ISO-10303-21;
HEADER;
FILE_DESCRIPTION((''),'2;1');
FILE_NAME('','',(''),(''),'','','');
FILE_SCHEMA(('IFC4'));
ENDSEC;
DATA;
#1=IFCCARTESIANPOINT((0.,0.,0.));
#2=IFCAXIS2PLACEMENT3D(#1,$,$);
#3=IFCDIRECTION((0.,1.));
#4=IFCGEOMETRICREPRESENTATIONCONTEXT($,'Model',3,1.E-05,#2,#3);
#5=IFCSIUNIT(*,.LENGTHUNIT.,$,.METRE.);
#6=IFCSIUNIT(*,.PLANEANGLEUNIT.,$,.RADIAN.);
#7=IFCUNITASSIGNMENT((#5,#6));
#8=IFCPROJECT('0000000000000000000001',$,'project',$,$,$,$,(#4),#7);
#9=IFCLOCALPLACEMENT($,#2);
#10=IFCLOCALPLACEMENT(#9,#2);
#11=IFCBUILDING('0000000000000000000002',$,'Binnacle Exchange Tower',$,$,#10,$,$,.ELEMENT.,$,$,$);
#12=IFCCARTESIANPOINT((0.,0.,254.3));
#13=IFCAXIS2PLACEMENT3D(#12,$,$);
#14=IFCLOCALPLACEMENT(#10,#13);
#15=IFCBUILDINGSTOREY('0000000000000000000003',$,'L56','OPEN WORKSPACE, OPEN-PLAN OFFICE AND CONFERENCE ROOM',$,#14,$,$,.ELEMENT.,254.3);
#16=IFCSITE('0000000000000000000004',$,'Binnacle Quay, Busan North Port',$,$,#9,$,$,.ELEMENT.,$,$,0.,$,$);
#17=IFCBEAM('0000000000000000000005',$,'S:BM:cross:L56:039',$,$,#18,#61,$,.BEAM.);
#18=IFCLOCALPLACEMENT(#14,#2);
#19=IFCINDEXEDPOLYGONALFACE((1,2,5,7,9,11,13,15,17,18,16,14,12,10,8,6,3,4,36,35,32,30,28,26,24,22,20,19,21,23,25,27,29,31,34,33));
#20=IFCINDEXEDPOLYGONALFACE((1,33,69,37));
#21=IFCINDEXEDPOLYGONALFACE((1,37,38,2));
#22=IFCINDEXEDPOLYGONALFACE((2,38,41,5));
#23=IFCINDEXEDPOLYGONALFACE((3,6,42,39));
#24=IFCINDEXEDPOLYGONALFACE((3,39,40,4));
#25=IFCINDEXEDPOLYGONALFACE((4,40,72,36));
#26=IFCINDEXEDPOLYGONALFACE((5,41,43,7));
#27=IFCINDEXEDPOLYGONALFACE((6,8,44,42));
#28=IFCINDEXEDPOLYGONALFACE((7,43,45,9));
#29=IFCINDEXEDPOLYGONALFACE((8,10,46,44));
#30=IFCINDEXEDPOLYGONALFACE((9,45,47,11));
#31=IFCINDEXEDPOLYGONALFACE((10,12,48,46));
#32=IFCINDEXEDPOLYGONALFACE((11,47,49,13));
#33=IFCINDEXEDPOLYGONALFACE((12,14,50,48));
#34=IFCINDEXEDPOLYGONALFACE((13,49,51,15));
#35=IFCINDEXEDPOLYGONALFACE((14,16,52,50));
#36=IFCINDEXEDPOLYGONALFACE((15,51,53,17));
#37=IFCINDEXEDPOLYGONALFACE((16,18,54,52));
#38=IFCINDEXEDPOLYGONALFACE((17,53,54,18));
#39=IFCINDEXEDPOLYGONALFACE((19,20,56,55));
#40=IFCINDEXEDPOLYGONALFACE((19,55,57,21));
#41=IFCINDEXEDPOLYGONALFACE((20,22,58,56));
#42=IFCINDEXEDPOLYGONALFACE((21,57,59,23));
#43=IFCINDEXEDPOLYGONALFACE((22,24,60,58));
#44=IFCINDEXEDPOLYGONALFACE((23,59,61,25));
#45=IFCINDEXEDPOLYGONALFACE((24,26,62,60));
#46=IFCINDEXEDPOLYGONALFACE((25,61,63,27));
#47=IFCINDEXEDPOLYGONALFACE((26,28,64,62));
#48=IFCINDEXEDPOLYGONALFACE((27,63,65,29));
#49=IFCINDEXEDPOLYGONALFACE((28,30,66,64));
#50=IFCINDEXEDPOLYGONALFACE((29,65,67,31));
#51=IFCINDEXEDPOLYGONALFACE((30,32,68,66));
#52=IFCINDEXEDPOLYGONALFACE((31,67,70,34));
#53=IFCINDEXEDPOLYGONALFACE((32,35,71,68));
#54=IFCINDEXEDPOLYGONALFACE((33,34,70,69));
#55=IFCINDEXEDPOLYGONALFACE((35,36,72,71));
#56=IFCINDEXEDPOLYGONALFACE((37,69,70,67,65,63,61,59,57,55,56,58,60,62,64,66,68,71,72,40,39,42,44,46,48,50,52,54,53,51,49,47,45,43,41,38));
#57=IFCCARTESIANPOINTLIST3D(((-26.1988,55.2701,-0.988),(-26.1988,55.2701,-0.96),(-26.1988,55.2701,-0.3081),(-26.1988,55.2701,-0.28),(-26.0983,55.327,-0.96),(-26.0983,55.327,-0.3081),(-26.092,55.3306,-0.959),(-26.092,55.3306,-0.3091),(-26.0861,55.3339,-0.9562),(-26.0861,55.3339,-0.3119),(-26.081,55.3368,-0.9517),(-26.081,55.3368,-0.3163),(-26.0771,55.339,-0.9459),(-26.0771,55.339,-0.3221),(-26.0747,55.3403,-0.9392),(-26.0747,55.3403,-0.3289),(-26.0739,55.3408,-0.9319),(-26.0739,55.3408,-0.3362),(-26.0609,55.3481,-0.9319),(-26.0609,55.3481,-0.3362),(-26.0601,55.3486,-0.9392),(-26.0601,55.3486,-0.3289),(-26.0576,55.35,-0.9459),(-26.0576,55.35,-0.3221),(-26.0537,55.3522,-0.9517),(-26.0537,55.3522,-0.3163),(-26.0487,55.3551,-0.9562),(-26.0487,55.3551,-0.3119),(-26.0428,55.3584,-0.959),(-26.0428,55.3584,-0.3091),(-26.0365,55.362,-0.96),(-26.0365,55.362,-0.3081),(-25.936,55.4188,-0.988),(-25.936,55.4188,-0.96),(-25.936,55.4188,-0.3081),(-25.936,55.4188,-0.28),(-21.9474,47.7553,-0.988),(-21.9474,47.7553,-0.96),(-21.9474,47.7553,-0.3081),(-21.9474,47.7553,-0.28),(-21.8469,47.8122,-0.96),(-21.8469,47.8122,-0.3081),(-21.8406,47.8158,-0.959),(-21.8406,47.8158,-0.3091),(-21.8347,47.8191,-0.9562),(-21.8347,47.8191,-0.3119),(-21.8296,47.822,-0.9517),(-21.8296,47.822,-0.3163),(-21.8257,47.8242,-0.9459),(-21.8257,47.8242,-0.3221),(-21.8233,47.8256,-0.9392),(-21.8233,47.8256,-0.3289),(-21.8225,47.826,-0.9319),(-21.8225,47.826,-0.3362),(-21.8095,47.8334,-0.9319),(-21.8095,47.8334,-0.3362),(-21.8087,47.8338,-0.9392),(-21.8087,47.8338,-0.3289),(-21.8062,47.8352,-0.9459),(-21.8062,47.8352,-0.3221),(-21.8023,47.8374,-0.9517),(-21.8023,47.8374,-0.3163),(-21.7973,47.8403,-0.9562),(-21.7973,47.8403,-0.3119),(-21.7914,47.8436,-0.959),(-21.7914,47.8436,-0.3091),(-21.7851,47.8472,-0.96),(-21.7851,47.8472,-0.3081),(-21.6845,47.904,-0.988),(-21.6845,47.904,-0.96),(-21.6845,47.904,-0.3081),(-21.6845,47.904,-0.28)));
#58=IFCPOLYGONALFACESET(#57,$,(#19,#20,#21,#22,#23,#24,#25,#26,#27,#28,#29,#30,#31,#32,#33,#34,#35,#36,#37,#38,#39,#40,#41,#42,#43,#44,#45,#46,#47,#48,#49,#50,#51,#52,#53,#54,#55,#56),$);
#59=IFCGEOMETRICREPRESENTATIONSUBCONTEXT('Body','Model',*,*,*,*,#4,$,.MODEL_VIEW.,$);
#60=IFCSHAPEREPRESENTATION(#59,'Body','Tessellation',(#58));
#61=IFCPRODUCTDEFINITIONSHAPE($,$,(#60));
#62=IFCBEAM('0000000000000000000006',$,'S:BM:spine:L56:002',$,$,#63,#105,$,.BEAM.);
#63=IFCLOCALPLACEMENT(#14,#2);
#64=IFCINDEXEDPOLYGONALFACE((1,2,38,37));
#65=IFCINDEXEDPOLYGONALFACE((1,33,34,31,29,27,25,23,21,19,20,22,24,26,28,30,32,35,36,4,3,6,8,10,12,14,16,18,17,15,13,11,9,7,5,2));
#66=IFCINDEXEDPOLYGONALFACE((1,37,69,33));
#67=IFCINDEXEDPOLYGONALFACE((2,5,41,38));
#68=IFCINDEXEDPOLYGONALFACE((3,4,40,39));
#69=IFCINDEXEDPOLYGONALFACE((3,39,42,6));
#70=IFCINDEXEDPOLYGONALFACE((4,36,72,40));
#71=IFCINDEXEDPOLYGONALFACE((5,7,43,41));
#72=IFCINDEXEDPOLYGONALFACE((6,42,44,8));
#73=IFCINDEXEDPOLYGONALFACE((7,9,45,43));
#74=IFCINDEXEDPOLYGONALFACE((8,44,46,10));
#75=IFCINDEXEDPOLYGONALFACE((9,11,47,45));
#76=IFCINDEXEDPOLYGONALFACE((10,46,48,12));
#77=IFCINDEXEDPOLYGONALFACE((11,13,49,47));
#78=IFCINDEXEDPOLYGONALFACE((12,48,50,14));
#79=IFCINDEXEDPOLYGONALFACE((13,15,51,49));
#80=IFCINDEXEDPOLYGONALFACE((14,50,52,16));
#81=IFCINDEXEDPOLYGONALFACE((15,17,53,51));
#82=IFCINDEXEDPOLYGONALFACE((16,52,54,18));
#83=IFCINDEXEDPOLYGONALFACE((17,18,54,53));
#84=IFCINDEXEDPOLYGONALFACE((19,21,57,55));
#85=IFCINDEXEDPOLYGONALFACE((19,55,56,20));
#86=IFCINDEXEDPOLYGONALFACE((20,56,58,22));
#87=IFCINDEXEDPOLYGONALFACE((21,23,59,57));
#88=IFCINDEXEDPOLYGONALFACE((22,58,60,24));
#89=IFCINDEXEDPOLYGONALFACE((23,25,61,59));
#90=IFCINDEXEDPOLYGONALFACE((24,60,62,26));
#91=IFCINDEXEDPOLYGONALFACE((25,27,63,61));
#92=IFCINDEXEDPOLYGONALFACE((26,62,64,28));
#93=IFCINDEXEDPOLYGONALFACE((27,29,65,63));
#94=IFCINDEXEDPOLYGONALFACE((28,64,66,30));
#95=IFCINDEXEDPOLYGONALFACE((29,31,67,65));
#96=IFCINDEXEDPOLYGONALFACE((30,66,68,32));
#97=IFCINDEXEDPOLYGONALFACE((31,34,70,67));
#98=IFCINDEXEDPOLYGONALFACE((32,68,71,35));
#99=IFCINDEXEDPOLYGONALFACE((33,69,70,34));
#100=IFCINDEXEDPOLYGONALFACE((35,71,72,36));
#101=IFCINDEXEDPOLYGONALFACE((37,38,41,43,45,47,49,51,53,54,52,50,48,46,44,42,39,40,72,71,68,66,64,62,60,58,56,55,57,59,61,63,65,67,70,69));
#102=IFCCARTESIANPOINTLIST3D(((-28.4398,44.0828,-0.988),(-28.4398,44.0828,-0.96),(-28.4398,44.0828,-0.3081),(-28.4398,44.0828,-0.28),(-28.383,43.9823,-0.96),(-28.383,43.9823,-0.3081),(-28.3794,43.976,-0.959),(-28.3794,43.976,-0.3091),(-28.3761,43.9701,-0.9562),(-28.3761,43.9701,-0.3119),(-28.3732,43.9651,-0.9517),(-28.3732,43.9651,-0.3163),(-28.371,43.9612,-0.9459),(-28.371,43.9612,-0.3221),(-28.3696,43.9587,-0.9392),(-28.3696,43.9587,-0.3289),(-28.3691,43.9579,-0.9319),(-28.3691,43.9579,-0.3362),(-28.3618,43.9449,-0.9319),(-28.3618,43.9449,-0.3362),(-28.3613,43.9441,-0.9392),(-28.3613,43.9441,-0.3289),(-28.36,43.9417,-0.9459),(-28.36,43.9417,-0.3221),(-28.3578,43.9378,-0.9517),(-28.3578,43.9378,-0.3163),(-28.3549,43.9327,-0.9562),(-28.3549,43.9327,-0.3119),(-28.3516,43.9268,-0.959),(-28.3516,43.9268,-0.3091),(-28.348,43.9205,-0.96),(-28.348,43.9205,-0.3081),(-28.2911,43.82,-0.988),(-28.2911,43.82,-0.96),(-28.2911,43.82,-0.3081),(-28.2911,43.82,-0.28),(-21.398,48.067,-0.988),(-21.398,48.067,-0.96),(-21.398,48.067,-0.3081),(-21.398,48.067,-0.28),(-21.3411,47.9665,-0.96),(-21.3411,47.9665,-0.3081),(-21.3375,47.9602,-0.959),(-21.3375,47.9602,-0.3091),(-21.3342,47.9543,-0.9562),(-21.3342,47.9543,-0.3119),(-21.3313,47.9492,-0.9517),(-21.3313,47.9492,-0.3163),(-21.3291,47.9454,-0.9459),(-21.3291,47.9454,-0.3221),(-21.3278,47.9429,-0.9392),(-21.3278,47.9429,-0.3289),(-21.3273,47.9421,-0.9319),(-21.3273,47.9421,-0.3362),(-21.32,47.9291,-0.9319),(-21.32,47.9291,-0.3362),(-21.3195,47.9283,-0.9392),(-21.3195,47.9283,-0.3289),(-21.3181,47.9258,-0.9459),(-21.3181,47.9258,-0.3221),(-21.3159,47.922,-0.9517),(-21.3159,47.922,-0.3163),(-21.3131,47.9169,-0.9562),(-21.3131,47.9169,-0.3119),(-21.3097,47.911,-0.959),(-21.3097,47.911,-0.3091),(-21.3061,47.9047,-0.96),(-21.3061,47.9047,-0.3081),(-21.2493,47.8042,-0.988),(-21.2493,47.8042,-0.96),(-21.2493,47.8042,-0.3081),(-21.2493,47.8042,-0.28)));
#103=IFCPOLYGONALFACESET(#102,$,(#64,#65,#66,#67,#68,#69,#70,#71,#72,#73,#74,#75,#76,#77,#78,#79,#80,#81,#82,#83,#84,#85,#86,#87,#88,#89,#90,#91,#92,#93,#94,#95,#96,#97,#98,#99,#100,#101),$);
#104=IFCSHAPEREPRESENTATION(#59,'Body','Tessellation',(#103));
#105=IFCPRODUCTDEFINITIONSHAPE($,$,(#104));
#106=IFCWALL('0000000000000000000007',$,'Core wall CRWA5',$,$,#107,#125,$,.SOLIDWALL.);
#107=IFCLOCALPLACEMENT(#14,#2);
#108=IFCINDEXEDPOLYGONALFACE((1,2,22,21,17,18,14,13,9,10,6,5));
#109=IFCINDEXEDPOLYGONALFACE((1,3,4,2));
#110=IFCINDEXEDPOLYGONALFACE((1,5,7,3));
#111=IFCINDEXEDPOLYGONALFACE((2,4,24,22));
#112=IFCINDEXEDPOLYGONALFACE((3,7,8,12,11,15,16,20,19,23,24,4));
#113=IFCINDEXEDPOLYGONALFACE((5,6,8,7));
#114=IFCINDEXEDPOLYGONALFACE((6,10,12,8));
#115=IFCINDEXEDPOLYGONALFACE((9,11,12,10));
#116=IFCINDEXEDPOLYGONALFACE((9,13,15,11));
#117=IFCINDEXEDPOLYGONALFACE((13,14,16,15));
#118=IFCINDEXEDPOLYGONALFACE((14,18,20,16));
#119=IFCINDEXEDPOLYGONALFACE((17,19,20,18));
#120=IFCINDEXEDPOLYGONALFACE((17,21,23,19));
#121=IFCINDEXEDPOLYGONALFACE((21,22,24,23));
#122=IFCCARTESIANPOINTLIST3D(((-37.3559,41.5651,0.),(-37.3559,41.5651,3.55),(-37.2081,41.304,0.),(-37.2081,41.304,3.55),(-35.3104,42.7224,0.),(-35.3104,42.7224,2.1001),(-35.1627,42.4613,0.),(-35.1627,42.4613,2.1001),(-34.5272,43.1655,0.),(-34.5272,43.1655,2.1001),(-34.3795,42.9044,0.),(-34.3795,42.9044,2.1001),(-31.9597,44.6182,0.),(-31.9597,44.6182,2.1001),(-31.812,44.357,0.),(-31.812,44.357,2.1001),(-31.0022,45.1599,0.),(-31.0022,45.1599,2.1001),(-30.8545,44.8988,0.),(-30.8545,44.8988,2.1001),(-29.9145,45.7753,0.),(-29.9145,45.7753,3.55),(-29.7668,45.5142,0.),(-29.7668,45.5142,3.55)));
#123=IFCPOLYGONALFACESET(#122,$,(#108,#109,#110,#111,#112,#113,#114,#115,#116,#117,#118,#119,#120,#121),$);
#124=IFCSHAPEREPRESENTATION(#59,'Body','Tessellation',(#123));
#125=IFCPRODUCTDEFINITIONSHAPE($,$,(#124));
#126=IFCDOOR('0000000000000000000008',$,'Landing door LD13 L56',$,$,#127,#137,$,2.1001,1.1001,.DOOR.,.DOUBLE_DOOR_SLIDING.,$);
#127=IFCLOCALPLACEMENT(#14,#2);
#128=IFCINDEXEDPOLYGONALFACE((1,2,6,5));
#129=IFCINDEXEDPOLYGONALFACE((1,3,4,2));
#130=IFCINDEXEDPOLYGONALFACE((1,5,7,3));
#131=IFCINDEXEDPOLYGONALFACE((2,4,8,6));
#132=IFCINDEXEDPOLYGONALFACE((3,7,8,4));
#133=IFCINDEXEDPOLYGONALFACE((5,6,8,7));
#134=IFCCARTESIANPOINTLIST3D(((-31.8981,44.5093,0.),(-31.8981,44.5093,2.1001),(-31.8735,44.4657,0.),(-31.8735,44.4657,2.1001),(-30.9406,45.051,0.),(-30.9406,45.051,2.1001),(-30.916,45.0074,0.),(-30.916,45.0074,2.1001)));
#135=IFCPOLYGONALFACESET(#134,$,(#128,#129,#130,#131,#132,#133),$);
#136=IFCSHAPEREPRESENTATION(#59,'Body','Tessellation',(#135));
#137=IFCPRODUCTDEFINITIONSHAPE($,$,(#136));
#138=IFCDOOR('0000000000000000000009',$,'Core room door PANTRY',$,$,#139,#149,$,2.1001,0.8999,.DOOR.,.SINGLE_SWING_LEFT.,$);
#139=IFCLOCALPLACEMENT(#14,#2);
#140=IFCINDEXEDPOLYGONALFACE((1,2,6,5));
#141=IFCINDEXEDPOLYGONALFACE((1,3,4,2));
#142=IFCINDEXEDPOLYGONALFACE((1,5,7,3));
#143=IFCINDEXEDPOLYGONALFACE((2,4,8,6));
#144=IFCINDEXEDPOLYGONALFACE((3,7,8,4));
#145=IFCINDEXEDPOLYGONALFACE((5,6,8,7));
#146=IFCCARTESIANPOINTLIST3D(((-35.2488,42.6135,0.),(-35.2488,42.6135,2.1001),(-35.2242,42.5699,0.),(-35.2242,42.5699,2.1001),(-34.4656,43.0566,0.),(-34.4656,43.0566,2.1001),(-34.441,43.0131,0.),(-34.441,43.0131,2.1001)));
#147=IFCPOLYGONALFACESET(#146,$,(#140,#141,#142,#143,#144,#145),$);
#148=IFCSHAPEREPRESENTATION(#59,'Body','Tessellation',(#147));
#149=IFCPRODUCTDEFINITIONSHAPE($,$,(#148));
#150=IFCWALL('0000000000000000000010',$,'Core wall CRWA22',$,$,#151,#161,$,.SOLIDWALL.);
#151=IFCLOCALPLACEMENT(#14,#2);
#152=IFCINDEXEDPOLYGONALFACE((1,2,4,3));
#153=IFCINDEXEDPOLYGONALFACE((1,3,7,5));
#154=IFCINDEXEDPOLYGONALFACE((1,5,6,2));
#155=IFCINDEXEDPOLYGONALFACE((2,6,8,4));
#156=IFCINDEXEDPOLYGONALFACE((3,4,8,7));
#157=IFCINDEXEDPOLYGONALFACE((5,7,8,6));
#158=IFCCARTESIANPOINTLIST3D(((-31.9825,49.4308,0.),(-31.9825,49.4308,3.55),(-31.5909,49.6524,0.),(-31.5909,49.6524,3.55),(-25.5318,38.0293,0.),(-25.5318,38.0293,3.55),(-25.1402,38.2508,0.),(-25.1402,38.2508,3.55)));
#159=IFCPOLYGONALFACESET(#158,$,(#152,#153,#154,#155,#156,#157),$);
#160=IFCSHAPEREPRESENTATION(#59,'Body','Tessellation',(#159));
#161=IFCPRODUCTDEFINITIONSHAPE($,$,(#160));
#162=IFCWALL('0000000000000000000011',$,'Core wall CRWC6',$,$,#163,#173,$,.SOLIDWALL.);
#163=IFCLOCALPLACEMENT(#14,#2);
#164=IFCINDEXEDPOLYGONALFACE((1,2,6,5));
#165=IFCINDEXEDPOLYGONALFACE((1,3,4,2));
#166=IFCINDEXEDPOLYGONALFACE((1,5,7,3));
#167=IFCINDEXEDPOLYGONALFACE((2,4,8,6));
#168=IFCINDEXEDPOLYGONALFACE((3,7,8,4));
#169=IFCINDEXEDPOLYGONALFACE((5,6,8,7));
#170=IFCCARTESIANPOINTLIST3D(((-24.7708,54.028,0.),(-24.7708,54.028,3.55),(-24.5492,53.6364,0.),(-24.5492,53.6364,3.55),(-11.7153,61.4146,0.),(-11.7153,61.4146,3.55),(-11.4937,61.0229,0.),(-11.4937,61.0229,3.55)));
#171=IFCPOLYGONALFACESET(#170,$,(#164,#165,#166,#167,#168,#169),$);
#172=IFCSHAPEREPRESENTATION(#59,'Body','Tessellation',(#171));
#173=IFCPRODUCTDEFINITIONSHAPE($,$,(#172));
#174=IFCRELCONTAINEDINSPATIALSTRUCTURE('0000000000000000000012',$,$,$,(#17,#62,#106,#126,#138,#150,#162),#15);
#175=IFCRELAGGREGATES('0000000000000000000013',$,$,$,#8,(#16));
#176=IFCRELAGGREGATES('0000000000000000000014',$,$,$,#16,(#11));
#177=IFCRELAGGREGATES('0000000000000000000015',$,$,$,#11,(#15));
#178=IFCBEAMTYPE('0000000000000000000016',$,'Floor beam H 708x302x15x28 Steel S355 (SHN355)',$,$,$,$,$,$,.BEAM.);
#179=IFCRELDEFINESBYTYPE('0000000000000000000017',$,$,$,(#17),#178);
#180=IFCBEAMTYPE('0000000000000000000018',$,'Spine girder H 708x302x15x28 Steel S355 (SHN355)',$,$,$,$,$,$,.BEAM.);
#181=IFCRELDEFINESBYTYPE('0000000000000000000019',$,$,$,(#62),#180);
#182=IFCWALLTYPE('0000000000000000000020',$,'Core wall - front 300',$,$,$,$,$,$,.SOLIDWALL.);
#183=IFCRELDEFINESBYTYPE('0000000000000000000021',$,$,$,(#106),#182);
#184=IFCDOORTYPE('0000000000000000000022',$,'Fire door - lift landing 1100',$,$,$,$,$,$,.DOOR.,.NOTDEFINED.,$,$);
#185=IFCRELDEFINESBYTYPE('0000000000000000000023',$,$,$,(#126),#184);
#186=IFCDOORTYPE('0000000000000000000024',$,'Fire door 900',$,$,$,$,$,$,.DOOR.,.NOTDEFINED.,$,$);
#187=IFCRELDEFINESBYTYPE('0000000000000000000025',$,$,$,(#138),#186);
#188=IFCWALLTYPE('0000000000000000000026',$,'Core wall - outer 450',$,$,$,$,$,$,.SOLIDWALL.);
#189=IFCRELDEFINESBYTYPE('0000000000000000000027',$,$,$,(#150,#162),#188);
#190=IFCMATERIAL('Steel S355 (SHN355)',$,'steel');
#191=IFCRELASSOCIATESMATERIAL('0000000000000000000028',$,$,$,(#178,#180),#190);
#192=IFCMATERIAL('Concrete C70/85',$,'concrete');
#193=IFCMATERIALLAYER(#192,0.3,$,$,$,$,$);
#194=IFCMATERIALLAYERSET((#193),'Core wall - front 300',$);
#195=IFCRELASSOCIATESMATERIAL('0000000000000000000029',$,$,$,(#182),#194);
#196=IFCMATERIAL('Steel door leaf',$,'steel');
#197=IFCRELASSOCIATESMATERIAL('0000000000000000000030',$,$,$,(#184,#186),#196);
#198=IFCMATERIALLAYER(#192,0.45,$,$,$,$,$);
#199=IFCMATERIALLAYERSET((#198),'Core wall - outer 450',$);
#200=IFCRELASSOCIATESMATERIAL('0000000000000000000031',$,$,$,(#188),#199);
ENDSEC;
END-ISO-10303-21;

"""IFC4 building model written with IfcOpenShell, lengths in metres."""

from ifc_helpers import new_model, si_unit, direction, frame, frame_2d, origin, origin_2d, place, context, subcontext, project, spatial, rectangle, i_section, extrude, material, layer, layer_set, material_profile, profile_set, type_object, element, fill, save


model = new_model("IFC4")

# Units and contexts
model_context = context("Model", 3, precision=1e-05, world=origin(), true_north=direction((0.0, 1.0)))
body_context = subcontext(model_context, "Body", "Model", "MODEL_VIEW")
ifc_project = project(units=[si_unit("LENGTHUNIT", "METRE"), si_unit("PLANEANGLEUNIT", "RADIAN")], contexts=[model_context])

# Site, building, storey
site_placement = place(None, origin())
site = spatial("IfcSite", under=ifc_project, at=site_placement, Name="Binnacle Quay, Busan North Port", CompositionType="ELEMENT", RefElevation=0.0)
building_placement = place(site_placement, origin())
building = spatial("IfcBuilding", under=site, at=building_placement, Name="Binnacle Exchange Tower", CompositionType="ELEMENT")
storey_placement = place(building_placement, frame((0.0, 0.0, 254.3)))
storey = spatial("IfcBuildingStorey", under=building, at=storey_placement, Name="L56", Description="OPEN WORKSPACE, OPEN-PLAN OFFICE AND CONFERENCE ROOM", CompositionType="ELEMENT", Elevation=254.3)

# Beams
ifc_material_1 = material(Name="Steel S355 (SHN355)", Category="steel")
ifc_material_profile_1 = material_profile(ifc_material_1, i_section(OverallWidth=0.302, OverallDepth=0.708, WebThickness=0.0149, FlangeThickness=0.0281, FilletRadius=0.0281, at=origin_2d()), Name="H 708x302x15x28")
ifc_profile_set_1 = profile_set([ifc_material_profile_1], Name="Steel S355 (SHN355)")
beam_type_1 = type_object("IfcBeamType", Name="Floor beam H 708x302x15x28 Steel S355 (SHN355)", PredefinedType="BEAM", material=ifc_profile_set_1)
beam_1_placement = place(storey_placement, frame((-26.0674, 55.3445, -0.634), z_axis=(0.492401, -0.870368, 0.0), x_axis=(0.870368, 0.492401, 0.0)))
element("IfcBeam", 1, at=beam_1_placement, inside=storey, type_object=beam_type_1, Name="S:BM:cross:L56:039", PredefinedType="BEAM", context=body_context, shape_type="SweptSolid", body=[
    extrude(i_section(OverallWidth=0.302, OverallDepth=0.708, WebThickness=0.0149, FlangeThickness=0.0281, FilletRadius=0.0281, at=origin_2d()), origin(), (0.0, 0.0, 1.0), 8.634),
])
ifc_material_profile_2 = material_profile(ifc_material_1, i_section(OverallWidth=0.302, OverallDepth=0.708, WebThickness=0.0149, FlangeThickness=0.0281, FilletRadius=0.0281, at=origin_2d()), Name="H 708x302x15x28")
ifc_profile_set_2 = profile_set([ifc_material_profile_2], Name="Steel S355 (SHN355)")
beam_type_2 = type_object("IfcBeamType", Name="Spine girder H 708x302x15x28 Steel S355 (SHN355)", PredefinedType="BEAM", material=ifc_profile_set_2)
beam_2_placement = place(storey_placement, frame((-28.3655, 43.9514, -0.634), z_axis=(0.87035, 0.492433, 0.0), x_axis=(-0.492433, 0.87035, 0.0)))
element("IfcBeam", 2, at=beam_2_placement, inside=storey, type_object=beam_type_2, Name="S:BM:spine:L56:002", PredefinedType="BEAM", context=body_context, shape_type="SweptSolid", body=[
    extrude(i_section(OverallWidth=0.302, OverallDepth=0.708, WebThickness=0.0149, FlangeThickness=0.0281, FilletRadius=0.0281, at=origin_2d()), origin(), (0.0, 0.0, 1.0), 8.0908),
])

# Wall, openings, doors
ifc_material_2 = material(Name="Concrete C70/85", Category="concrete")
ifc_layer_1 = layer(ifc_material_2, 0.3)
ifc_layer_set_1 = layer_set([ifc_layer_1], Name="Core wall - front 300")
wall_type_1 = type_object("IfcWallType", Name="Core wall - front 300", PredefinedType="SOLIDWALL", material=ifc_layer_set_1)
wall_1_placement = place(storey_placement, frame((-37.282, 41.4346, 0.0), z_axis=(0.0, 0.0, 1.0), x_axis=(0.870353, 0.492429, 0.0)))
wall_1 = element("IfcWall", 3, at=wall_1_placement, inside=storey, type_object=wall_type_1, Name="Core wall CRWA5", PredefinedType="SOLIDWALL", context=body_context, shape_type="SweptSolid", body=[
    extrude(rectangle(XDim=8.5498, YDim=0.3, at=frame_2d((4.2749, 0.0))), origin(), (0.0, 0.0, 1.0), 3.55),
])
opening_1_placement = place(wall_1_placement, frame((6.2, 0.0, 0.0)))
opening_1 = element("IfcOpeningElement", 4, at=opening_1_placement, cuts=wall_1, PredefinedType="OPENING", context=body_context, shape_type="SweptSolid", body=[
    extrude(rectangle(XDim=1.1001, YDim=2.1001, at=frame_2d((0.55, 1.05))), frame((0.0, 0.1599, 0.0), z_axis=(0.0, -1.0, 0.0), x_axis=(1.0, 0.0, 0.0)), (0.0, 0.0, 1.0), 0.3201),
])
opening_2_placement = place(wall_1_placement, frame((2.3501, 0.0, 0.0)))
opening_2 = element("IfcOpeningElement", 5, at=opening_2_placement, cuts=wall_1, PredefinedType="OPENING", context=body_context, shape_type="SweptSolid", body=[
    extrude(rectangle(XDim=0.8999, YDim=2.1001, at=frame_2d((0.45, 1.05))), frame((0.0, 0.1599, 0.0), z_axis=(0.0, -1.0, 0.0), x_axis=(1.0, 0.0, 0.0)), (0.0, 0.0, 1.0), 0.3201),
])
ifc_material_3 = material(Name="Steel door leaf", Category="steel")
door_type_1 = type_object("IfcDoorType", Name="Fire door - lift landing 1100", OperationType="NOTDEFINED", PredefinedType="DOOR", material=ifc_material_3)
door_1_placement = place(opening_1_placement, origin())
door_1 = element("IfcDoor", 6, at=door_1_placement, inside=storey, type_object=door_type_1, Name="Landing door LD13 L56", OperationType="DOUBLE_DOOR_SLIDING", OverallHeight=2.1001, OverallWidth=1.1001, PredefinedType="DOOR", context=body_context, shape_type="SweptSolid", body=[
    extrude(rectangle(XDim=1.1001, YDim=2.1001, at=frame_2d((0.55, 1.05))), frame((0.0, 0.0249, 0.0), z_axis=(0.0, -1.0, 0.0), x_axis=(1.0, 0.0, 0.0)), (0.0, 0.0, 1.0), 0.05),
])
fill(opening_1, door_1)
door_type_2 = type_object("IfcDoorType", Name="Fire door 900", OperationType="NOTDEFINED", PredefinedType="DOOR", material=ifc_material_3)
door_2_placement = place(opening_2_placement, origin())
door_2 = element("IfcDoor", 7, at=door_2_placement, inside=storey, type_object=door_type_2, Name="Core room door PANTRY", OperationType="SINGLE_SWING_LEFT", OverallHeight=2.1001, OverallWidth=0.8999, PredefinedType="DOOR", context=body_context, shape_type="SweptSolid", body=[
    extrude(rectangle(XDim=0.8999, YDim=2.1001, at=frame_2d((0.45, 1.05))), frame((0.0, 0.0249, 0.0), z_axis=(0.0, -1.0, 0.0), x_axis=(1.0, 0.0, 0.0)), (0.0, 0.0, 1.0), 0.05),
])
fill(opening_2, door_2)

# Walls
ifc_layer_2 = layer(ifc_material_2, 0.45)
ifc_layer_set_2 = layer_set([ifc_layer_2], Name="Core wall - outer 450")
wall_type_2 = type_object("IfcWallType", Name="Core wall - outer 450", PredefinedType="SOLIDWALL", material=ifc_layer_set_2)
wall_2_placement = place(storey_placement, frame((-31.7866, 49.5415, 0.0), z_axis=(0.0, 0.0, 1.0), x_axis=(0.492421, -0.870357, 0.0)))
element("IfcWall", 8, at=wall_2_placement, inside=storey, type_object=wall_type_2, Name="Core wall CRWA22", PredefinedType="SOLIDWALL", context=body_context, shape_type="SweptSolid", body=[
    extrude(rectangle(XDim=13.0999, YDim=0.45, at=frame_2d((6.5498, 0.0))), origin(), (0.0, 0.0, 1.0), 3.55),
])
wall_3_placement = place(storey_placement, frame((-24.6599, 53.8323, 0.0), z_axis=(0.0, 0.0, 1.0), x_axis=(0.870354, 0.492427, 0.0)))
element("IfcWall", 9, at=wall_3_placement, inside=storey, type_object=wall_type_2, Name="Core wall CRWC6", PredefinedType="SOLIDWALL", context=body_context, shape_type="SweptSolid", body=[
    extrude(rectangle(XDim=15.0002, YDim=0.45, at=frame_2d((7.5, 0.0))), origin(), (0.0, 0.0, 1.0), 3.55),
])

save(model, "model.ifc")
